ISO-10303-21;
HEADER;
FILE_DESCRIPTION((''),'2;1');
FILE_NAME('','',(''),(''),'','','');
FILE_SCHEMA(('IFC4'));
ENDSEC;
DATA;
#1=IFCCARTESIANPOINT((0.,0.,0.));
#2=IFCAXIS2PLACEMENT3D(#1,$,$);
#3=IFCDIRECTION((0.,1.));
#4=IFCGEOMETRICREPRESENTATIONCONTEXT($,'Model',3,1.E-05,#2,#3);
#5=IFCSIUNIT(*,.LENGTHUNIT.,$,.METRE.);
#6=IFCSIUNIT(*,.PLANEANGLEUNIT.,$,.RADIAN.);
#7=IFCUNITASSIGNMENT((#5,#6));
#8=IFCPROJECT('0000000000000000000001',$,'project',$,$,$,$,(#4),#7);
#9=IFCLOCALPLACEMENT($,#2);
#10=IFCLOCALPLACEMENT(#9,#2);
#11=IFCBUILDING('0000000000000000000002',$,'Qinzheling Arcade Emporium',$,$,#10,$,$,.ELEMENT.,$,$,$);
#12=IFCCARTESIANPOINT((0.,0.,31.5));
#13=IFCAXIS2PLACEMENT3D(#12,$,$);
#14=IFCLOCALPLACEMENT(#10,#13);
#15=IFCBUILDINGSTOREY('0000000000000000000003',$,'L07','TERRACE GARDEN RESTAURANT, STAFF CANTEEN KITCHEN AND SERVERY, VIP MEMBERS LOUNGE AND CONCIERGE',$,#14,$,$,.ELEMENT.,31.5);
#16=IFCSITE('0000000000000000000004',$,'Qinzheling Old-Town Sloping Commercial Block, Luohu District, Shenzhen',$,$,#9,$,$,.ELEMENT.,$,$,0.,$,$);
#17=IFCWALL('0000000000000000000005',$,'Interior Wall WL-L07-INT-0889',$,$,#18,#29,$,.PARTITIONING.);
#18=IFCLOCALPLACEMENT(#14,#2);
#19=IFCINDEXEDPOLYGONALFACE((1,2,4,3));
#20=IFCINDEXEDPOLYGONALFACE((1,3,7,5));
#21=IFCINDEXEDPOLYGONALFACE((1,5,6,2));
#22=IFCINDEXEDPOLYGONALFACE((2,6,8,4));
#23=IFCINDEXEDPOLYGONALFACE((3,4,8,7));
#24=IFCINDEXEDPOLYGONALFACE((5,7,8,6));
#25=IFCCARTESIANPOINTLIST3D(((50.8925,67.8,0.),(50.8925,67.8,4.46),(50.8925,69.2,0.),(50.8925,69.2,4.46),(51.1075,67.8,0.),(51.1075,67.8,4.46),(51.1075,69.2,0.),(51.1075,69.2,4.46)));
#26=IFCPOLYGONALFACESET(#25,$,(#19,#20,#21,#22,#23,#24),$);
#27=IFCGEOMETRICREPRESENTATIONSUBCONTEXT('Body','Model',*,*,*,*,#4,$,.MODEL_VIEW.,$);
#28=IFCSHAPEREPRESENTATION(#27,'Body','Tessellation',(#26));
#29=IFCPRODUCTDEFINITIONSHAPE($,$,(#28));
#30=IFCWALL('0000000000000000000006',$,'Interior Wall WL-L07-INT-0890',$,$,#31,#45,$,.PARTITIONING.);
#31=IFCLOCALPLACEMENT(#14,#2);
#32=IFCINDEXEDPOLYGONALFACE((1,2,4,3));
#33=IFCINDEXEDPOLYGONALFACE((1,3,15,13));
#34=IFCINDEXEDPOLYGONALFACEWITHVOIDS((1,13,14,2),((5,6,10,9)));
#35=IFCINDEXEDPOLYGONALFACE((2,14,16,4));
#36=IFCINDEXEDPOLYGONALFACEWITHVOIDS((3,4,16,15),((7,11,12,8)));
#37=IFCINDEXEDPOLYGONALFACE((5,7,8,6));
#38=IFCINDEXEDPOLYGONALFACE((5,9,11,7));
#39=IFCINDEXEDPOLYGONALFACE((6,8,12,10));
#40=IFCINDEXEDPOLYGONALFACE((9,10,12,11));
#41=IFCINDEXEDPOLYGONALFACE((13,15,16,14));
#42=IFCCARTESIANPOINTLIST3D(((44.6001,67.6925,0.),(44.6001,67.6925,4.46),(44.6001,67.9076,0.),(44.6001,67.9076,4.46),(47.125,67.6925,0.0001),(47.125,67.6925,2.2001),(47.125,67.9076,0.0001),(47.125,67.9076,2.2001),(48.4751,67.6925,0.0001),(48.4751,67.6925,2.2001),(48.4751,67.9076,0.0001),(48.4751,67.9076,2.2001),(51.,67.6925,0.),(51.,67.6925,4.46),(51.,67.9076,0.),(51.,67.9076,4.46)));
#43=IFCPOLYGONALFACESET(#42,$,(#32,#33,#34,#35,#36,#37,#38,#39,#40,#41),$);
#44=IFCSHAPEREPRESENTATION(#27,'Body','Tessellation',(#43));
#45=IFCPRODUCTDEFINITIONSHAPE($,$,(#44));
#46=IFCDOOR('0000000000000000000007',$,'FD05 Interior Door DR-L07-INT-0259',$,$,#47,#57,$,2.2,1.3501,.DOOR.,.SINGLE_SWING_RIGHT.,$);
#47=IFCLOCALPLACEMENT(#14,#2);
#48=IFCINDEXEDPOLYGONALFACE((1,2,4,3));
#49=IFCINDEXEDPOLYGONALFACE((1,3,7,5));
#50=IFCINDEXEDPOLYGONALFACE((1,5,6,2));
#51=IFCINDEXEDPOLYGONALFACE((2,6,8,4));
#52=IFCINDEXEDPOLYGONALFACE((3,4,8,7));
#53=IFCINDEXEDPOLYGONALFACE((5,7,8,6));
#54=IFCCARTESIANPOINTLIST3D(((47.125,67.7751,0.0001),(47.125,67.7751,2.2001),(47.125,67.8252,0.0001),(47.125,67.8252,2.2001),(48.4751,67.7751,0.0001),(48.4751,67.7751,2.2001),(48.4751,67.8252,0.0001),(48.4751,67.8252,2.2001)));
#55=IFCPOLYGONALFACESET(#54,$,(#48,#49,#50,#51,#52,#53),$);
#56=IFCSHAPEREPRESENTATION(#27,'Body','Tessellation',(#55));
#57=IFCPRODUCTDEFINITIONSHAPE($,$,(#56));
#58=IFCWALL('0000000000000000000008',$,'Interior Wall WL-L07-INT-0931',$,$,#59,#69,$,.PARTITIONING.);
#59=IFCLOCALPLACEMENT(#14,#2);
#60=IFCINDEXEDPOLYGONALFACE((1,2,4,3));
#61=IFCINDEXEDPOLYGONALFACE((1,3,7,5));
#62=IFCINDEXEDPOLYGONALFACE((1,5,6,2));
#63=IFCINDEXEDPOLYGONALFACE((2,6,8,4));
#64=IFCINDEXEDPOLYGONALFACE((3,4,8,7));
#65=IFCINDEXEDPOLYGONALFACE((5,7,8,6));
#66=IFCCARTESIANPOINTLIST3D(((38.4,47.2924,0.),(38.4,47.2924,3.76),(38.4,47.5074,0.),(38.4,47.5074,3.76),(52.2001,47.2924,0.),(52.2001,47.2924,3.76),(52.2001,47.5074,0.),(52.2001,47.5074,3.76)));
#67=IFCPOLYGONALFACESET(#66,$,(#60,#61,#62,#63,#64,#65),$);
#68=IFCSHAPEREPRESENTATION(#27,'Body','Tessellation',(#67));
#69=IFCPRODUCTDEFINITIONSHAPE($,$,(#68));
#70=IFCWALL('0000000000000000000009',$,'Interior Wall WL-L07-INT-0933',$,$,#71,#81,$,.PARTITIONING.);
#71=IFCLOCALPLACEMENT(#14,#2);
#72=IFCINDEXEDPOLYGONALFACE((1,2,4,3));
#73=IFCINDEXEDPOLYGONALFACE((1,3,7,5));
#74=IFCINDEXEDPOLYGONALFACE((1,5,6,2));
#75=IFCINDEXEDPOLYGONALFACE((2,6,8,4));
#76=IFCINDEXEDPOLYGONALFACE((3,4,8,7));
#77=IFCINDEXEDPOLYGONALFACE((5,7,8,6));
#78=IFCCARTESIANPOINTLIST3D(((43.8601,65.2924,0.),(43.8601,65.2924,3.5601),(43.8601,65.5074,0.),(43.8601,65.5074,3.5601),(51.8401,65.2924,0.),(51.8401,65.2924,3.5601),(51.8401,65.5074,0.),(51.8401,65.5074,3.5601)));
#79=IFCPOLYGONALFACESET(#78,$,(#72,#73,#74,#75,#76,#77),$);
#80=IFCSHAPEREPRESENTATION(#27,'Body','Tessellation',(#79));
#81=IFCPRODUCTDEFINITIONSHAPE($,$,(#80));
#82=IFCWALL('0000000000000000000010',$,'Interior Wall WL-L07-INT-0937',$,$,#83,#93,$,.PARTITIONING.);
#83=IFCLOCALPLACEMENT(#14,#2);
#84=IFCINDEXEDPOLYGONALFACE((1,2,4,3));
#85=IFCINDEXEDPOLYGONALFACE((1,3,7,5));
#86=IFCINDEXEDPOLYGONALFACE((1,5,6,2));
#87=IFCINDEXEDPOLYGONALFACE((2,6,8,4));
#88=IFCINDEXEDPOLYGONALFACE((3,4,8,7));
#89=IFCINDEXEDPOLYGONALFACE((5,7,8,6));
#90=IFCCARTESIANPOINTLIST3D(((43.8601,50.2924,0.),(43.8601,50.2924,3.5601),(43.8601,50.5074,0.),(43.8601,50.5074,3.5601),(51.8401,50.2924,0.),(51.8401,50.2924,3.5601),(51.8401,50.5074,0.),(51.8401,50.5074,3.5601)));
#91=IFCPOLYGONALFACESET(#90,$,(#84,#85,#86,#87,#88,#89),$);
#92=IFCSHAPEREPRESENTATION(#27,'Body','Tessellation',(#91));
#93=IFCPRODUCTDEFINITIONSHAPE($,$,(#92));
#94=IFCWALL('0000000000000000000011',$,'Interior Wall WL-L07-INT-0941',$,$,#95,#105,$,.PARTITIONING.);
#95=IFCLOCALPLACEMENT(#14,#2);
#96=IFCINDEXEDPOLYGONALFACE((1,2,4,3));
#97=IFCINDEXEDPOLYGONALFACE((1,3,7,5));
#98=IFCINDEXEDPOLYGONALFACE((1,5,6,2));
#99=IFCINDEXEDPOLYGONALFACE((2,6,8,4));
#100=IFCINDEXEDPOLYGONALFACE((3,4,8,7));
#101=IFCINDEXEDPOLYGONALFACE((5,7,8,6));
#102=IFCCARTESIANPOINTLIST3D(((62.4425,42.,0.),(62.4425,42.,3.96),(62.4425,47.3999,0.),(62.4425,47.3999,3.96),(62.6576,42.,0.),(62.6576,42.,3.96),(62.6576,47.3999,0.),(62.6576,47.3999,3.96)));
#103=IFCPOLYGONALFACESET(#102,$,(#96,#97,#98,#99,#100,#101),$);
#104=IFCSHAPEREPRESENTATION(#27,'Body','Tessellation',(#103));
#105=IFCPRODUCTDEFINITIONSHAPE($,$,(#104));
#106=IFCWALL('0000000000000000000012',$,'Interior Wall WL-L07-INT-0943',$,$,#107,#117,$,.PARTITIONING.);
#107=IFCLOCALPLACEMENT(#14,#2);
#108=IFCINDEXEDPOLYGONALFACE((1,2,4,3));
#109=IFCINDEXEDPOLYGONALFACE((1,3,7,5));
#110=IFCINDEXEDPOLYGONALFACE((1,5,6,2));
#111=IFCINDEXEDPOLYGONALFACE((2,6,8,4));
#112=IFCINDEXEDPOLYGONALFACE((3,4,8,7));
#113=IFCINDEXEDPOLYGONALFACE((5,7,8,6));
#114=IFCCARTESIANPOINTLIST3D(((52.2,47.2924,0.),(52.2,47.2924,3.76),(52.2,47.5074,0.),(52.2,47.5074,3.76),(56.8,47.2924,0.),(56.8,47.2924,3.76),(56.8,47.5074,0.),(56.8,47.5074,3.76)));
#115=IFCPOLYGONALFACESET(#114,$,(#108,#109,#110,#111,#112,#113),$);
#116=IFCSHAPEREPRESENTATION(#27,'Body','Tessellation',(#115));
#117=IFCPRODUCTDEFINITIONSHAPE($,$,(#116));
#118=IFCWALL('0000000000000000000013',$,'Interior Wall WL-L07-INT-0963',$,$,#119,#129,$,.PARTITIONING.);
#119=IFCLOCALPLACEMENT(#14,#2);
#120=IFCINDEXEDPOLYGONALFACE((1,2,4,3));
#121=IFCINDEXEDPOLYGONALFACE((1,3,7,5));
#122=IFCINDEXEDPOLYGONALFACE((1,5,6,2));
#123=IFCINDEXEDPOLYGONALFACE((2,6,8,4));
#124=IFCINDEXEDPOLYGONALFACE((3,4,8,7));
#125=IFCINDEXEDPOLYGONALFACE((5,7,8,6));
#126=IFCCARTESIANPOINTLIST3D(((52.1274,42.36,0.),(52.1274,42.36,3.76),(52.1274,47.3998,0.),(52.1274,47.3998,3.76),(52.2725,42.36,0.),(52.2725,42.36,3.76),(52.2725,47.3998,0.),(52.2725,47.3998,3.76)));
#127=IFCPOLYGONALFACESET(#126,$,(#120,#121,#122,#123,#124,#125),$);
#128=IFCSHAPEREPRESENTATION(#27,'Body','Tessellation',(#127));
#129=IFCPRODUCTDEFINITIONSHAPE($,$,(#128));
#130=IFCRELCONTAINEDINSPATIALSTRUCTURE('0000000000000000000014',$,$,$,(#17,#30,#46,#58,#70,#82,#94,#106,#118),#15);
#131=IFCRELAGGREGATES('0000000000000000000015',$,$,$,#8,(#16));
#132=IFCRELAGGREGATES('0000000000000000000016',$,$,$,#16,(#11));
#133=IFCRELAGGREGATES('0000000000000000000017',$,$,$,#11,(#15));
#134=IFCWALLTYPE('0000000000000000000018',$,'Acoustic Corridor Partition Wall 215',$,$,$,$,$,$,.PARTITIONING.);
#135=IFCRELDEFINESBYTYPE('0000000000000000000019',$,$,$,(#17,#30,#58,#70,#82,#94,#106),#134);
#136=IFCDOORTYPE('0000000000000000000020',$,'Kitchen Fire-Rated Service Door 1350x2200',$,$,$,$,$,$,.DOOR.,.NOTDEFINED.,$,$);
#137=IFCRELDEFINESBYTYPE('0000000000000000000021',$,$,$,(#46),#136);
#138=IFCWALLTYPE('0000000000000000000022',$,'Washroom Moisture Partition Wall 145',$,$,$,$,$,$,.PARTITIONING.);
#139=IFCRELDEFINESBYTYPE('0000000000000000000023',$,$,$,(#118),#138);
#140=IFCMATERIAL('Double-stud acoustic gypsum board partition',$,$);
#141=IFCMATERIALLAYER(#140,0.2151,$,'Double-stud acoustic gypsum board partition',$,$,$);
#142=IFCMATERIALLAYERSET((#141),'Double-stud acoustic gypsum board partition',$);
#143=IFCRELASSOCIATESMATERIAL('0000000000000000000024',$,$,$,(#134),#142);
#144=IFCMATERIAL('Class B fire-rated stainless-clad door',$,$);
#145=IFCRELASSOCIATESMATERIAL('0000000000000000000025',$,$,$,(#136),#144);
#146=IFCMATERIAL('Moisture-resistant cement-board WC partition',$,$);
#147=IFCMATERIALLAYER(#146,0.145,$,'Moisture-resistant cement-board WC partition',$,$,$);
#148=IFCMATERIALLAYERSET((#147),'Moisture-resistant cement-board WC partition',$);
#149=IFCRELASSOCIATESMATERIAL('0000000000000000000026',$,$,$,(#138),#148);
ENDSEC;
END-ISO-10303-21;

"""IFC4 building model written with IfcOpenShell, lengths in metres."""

from ifc_helpers import new_model, si_unit, direction, frame, frame_2d, origin, place, context, subcontext, project, spatial, rectangle, extrude, material, layer, layer_set, type_object, element, fill, save


model = new_model("IFC4")

# Units and contexts
model_context = context("Model", 3, precision=1e-05, world=origin(), true_north=direction((0.0, 1.0)))
body_context = subcontext(model_context, "Body", "Model", "MODEL_VIEW")
ifc_project = project(units=[si_unit("LENGTHUNIT", "METRE"), si_unit("PLANEANGLEUNIT", "RADIAN")], contexts=[model_context])

# Site, building, storey
site_placement = place(None, origin())
site = spatial("IfcSite", under=ifc_project, at=site_placement, Name="Qinzheling Old-Town Sloping Commercial Block, Luohu District, Shenzhen", CompositionType="ELEMENT", RefElevation=0.0)
building_placement = place(site_placement, origin())
building = spatial("IfcBuilding", under=site, at=building_placement, Name="Qinzheling Arcade Emporium", CompositionType="ELEMENT")
storey_placement = place(building_placement, frame((0.0, 0.0, 31.5)))
storey = spatial("IfcBuildingStorey", under=building, at=storey_placement, Name="L07", Description="TERRACE GARDEN RESTAURANT, STAFF CANTEEN KITCHEN AND SERVERY, VIP MEMBERS LOUNGE AND CONCIERGE", CompositionType="ELEMENT", Elevation=31.5)

# Wall
ifc_material_1 = material(Name="Double-stud acoustic gypsum board partition")
ifc_layer_1 = layer(ifc_material_1, 0.2151, Name="Double-stud acoustic gypsum board partition")
ifc_layer_set_1 = layer_set([ifc_layer_1], Name="Double-stud acoustic gypsum board partition")
wall_type_1 = type_object("IfcWallType", Name="Acoustic Corridor Partition Wall 215", PredefinedType="PARTITIONING", material=ifc_layer_set_1)
wall_1_placement = place(storey_placement, frame((51.0, 69.2, 0.0), z_axis=(0.0, 0.0, 1.0), x_axis=(0.0, -1.0, 0.0)))
element("IfcWall", 1, at=wall_1_placement, inside=storey, type_object=wall_type_1, Name="Interior Wall WL-L07-INT-0889", PredefinedType="PARTITIONING", context=body_context, shape_type="SweptSolid", body=[
    extrude(rectangle(XDim=1.3999, YDim=0.2151, at=frame_2d((0.7, 0.0))), origin(), (0.0, 0.0, 1.0), 4.46),
])

# Wall, opening, door
wall_2_placement = place(storey_placement, frame((51.0, 67.8, 0.0), z_axis=(0.0, 0.0, 1.0), x_axis=(-1.0, 0.0, 0.0)))
wall_2 = element("IfcWall", 2, at=wall_2_placement, inside=storey, type_object=wall_type_1, Name="Interior Wall WL-L07-INT-0890", PredefinedType="PARTITIONING", context=body_context, shape_type="SweptSolid", body=[
    extrude(rectangle(XDim=6.3999, YDim=0.2151, at=frame_2d((3.2, 0.0))), origin(), (0.0, 0.0, 1.0), 4.46),
])
opening_placement = place(wall_2_placement, frame((2.5249, 0.0, 0.0)))
opening = element("IfcOpeningElement", 3, at=opening_placement, cuts=wall_2, PredefinedType="OPENING", context=body_context, shape_type="SweptSolid", body=[
    extrude(rectangle(XDim=1.3501, YDim=2.2, at=frame_2d((0.675, 1.1001))), frame((0.0, 0.1177, 0.0), z_axis=(0.0, -1.0, 0.0), x_axis=(1.0, 0.0, 0.0)), (0.0, 0.0, 1.0), 0.2351),
])
ifc_material_2 = material(Name="Class B fire-rated stainless-clad door")
door_type = type_object("IfcDoorType", Name="Kitchen Fire-Rated Service Door 1350x2200", OperationType="NOTDEFINED", PredefinedType="DOOR", material=ifc_material_2)
door_placement = place(opening_placement, origin())
door = element("IfcDoor", 4, at=door_placement, inside=storey, type_object=door_type, Name="FD05 Interior Door DR-L07-INT-0259", OperationType="SINGLE_SWING_RIGHT", OverallHeight=2.2, OverallWidth=1.3501, PredefinedType="DOOR", context=body_context, shape_type="SweptSolid", body=[
    extrude(rectangle(XDim=1.3501, YDim=2.2, at=frame_2d((0.675, 1.1001))), frame((0.0, 0.0249, 0.0), z_axis=(0.0, -1.0, 0.0), x_axis=(1.0, 0.0, 0.0)), (0.0, 0.0, 1.0), 0.05),
])
fill(opening, door)

# Walls
wall_3_placement = place(storey_placement, frame((52.2, 47.3999, 0.0), z_axis=(0.0, 0.0, 1.0), x_axis=(-1.0, 0.0, 0.0)))
element("IfcWall", 5, at=wall_3_placement, inside=storey, type_object=wall_type_1, Name="Interior Wall WL-L07-INT-0931", PredefinedType="PARTITIONING", context=body_context, shape_type="SweptSolid", body=[
    extrude(rectangle(XDim=13.8, YDim=0.2151, at=frame_2d((6.8999, 0.0))), origin(), (0.0, 0.0, 1.0), 3.76),
])
for number, where, z_axis, x_axis, name in (
    (6, (51.8401, 65.3999, 0.0), (0.0, 0.0, 1.0), (-1.0, 0.0, 0.0), "Interior Wall WL-L07-INT-0933"),
    (7, (43.8601, 50.3999, 0.0), (0.0, 0.0, 1.0), (1.0, 0.0, 0.0), "Interior Wall WL-L07-INT-0937"),
):
    element("IfcWall", number, at=place(storey_placement, frame(where, z_axis=z_axis, x_axis=x_axis)), inside=storey, type_object=wall_type_1, Name=name, PredefinedType="PARTITIONING", context=body_context, shape_type="SweptSolid", body=[
        extrude(rectangle(XDim=7.98, YDim=0.2151, at=frame_2d((3.99, 0.0))), origin(), (0.0, 0.0, 1.0), 3.5601),
    ])
wall_4_placement = place(storey_placement, frame((62.55, 47.3999, 0.0), z_axis=(0.0, 0.0, 1.0), x_axis=(0.0, -1.0, 0.0)))
element("IfcWall", 8, at=wall_4_placement, inside=storey, type_object=wall_type_1, Name="Interior Wall WL-L07-INT-0941", PredefinedType="PARTITIONING", context=body_context, shape_type="SweptSolid", body=[
    extrude(rectangle(XDim=5.3999, YDim=0.2151, at=frame_2d((2.7, 0.0))), origin(), (0.0, 0.0, 1.0), 3.96),
])
wall_5_placement = place(storey_placement, frame((56.8, 47.3999, 0.0), z_axis=(0.0, 0.0, 1.0), x_axis=(-1.0, 0.0, 0.0)))
element("IfcWall", 9, at=wall_5_placement, inside=storey, type_object=wall_type_1, Name="Interior Wall WL-L07-INT-0943", PredefinedType="PARTITIONING", context=body_context, shape_type="SweptSolid", body=[
    extrude(rectangle(XDim=4.6001, YDim=0.2151, at=frame_2d((2.3, 0.0))), origin(), (0.0, 0.0, 1.0), 3.76),
])
ifc_material_3 = material(Name="Moisture-resistant cement-board WC partition")
ifc_layer_2 = layer(ifc_material_3, 0.145, Name="Moisture-resistant cement-board WC partition")
ifc_layer_set_2 = layer_set([ifc_layer_2], Name="Moisture-resistant cement-board WC partition")
wall_type_2 = type_object("IfcWallType", Name="Washroom Moisture Partition Wall 145", PredefinedType="PARTITIONING", material=ifc_layer_set_2)
wall_6_placement = place(storey_placement, frame((52.2, 47.3999, 0.0), z_axis=(0.0, 0.0, 1.0), x_axis=(0.0, -1.0, 0.0)))
element("IfcWall", 10, at=wall_6_placement, inside=storey, type_object=wall_type_2, Name="Interior Wall WL-L07-INT-0963", PredefinedType="PARTITIONING", context=body_context, shape_type="SweptSolid", body=[
    extrude(rectangle(XDim=5.0398, YDim=0.145, at=frame_2d((2.52, 0.0))), origin(), (0.0, 0.0, 1.0), 3.76),
])

save(model, "model.ifc")
